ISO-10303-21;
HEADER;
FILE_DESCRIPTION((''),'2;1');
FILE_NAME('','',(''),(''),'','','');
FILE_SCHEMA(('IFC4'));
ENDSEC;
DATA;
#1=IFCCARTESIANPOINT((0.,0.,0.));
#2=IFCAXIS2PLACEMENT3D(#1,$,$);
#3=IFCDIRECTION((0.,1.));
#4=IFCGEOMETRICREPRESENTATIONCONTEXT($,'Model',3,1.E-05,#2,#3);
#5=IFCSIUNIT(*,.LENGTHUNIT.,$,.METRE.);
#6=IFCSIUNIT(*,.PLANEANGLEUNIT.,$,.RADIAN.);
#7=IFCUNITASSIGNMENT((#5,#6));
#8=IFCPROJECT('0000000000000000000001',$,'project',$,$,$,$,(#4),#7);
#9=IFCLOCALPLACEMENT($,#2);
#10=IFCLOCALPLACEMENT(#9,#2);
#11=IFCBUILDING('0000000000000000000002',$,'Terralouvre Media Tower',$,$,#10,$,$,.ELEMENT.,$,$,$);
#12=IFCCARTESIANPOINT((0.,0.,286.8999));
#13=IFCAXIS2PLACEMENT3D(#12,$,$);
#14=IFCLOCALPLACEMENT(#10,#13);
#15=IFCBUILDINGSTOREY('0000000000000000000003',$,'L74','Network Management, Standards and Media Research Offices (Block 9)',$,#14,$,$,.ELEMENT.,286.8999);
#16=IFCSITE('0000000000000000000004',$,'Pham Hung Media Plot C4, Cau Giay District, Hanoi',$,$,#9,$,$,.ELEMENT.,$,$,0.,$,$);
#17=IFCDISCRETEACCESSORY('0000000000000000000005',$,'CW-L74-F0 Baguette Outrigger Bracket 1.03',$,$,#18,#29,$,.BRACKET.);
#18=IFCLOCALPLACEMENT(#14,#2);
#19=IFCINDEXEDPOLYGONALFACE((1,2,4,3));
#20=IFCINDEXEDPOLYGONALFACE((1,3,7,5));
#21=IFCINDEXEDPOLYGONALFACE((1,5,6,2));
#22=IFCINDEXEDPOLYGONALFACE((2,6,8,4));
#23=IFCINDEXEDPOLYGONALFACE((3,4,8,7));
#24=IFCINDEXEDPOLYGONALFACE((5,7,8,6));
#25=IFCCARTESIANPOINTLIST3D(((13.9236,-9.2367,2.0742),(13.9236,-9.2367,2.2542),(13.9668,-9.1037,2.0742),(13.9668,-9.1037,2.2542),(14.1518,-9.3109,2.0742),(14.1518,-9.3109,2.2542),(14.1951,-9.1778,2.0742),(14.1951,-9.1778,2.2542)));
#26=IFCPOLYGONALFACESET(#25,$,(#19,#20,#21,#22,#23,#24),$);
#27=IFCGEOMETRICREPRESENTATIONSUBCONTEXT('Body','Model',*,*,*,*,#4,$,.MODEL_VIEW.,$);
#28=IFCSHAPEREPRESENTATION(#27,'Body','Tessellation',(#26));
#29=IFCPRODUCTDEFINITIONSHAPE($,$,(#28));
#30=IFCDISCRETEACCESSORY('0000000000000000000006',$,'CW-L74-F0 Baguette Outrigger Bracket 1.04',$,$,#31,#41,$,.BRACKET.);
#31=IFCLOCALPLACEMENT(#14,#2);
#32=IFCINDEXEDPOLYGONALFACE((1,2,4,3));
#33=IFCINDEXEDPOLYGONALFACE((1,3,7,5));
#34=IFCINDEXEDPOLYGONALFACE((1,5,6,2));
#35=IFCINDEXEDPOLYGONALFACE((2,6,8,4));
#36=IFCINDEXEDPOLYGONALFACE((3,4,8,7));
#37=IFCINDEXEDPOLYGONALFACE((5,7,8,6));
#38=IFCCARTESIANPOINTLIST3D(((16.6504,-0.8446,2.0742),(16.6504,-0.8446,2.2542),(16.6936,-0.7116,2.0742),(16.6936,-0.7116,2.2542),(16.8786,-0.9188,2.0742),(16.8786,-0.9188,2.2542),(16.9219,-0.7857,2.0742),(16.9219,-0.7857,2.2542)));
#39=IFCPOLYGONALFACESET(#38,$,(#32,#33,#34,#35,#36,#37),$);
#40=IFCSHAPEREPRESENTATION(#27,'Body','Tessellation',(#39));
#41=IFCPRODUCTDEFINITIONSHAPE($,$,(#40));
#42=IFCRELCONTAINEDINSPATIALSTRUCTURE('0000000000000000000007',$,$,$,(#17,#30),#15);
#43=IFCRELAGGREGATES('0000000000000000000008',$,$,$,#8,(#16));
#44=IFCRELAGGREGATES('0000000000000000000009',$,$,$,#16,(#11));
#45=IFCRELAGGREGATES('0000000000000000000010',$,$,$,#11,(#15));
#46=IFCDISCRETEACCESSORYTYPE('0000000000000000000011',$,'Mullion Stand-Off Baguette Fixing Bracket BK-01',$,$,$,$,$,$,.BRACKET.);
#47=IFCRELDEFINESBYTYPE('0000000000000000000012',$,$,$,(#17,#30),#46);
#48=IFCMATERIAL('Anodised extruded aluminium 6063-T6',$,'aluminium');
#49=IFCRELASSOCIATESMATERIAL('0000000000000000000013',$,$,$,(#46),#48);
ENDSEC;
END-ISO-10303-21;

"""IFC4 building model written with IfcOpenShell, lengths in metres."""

from ifc_helpers import new_model, si_unit, direction, frame, origin, origin_2d, place, context, subcontext, project, spatial, rectangle, extrude, material, type_object, element, save


model = new_model("IFC4")

# Units and contexts
model_context = context("Model", 3, precision=1e-05, world=origin(), true_north=direction((0.0, 1.0)))
body_context = subcontext(model_context, "Body", "Model", "MODEL_VIEW")
ifc_project = project(units=[si_unit("LENGTHUNIT", "METRE"), si_unit("PLANEANGLEUNIT", "RADIAN")], contexts=[model_context])

# Site, building, storey
site_placement = place(None, origin())
site = spatial("IfcSite", under=ifc_project, at=site_placement, Name="Pham Hung Media Plot C4, Cau Giay District, Hanoi", CompositionType="ELEMENT", RefElevation=0.0)
building_placement = place(site_placement, origin())
building = spatial("IfcBuilding", under=site, at=building_placement, Name="Terralouvre Media Tower", CompositionType="ELEMENT")
storey_placement = place(building_placement, frame((0.0, 0.0, 286.8999)))
storey = spatial("IfcBuildingStorey", under=building, at=storey_placement, Name="L74", Description="Network Management, Standards and Media Research Offices (Block 9)", CompositionType="ELEMENT", Elevation=286.8999)

# Discrete accessories
ifc_material_1 = material(Name="Anodised extruded aluminium 6063-T6", Category="aluminium")
discrete_accessory_type = type_object("IfcDiscreteAccessoryType", Name="Mullion Stand-Off Baguette Fixing Bracket BK-01", PredefinedType="BRACKET", material=ifc_material_1)
for number, where, z_axis, x_axis, name in (
    (1, (14.0593, -9.2073, 2.0742), (0.0, 0.0, 1.0), (0.309017, 0.951057, 0.0), "CW-L74-F0 Baguette Outrigger Bracket 1.03"),
    (2, (16.7861, -0.8152, 2.0742), (0.0, 0.0, 1.0), (0.309017, 0.951057, 0.0), "CW-L74-F0 Baguette Outrigger Bracket 1.04"),
):
    element("IfcDiscreteAccessory", number, at=place(storey_placement, frame(where, z_axis=z_axis, x_axis=x_axis)), inside=storey, type_object=discrete_accessory_type, Name=name, PredefinedType="BRACKET", context=body_context, shape_type="SweptSolid", body=[
        extrude(rectangle(XDim=0.1399, YDim=0.24, at=origin_2d()), origin(), (0.0, 0.0, 1.0), 0.1799),
    ])

save(model, "model.ifc")
